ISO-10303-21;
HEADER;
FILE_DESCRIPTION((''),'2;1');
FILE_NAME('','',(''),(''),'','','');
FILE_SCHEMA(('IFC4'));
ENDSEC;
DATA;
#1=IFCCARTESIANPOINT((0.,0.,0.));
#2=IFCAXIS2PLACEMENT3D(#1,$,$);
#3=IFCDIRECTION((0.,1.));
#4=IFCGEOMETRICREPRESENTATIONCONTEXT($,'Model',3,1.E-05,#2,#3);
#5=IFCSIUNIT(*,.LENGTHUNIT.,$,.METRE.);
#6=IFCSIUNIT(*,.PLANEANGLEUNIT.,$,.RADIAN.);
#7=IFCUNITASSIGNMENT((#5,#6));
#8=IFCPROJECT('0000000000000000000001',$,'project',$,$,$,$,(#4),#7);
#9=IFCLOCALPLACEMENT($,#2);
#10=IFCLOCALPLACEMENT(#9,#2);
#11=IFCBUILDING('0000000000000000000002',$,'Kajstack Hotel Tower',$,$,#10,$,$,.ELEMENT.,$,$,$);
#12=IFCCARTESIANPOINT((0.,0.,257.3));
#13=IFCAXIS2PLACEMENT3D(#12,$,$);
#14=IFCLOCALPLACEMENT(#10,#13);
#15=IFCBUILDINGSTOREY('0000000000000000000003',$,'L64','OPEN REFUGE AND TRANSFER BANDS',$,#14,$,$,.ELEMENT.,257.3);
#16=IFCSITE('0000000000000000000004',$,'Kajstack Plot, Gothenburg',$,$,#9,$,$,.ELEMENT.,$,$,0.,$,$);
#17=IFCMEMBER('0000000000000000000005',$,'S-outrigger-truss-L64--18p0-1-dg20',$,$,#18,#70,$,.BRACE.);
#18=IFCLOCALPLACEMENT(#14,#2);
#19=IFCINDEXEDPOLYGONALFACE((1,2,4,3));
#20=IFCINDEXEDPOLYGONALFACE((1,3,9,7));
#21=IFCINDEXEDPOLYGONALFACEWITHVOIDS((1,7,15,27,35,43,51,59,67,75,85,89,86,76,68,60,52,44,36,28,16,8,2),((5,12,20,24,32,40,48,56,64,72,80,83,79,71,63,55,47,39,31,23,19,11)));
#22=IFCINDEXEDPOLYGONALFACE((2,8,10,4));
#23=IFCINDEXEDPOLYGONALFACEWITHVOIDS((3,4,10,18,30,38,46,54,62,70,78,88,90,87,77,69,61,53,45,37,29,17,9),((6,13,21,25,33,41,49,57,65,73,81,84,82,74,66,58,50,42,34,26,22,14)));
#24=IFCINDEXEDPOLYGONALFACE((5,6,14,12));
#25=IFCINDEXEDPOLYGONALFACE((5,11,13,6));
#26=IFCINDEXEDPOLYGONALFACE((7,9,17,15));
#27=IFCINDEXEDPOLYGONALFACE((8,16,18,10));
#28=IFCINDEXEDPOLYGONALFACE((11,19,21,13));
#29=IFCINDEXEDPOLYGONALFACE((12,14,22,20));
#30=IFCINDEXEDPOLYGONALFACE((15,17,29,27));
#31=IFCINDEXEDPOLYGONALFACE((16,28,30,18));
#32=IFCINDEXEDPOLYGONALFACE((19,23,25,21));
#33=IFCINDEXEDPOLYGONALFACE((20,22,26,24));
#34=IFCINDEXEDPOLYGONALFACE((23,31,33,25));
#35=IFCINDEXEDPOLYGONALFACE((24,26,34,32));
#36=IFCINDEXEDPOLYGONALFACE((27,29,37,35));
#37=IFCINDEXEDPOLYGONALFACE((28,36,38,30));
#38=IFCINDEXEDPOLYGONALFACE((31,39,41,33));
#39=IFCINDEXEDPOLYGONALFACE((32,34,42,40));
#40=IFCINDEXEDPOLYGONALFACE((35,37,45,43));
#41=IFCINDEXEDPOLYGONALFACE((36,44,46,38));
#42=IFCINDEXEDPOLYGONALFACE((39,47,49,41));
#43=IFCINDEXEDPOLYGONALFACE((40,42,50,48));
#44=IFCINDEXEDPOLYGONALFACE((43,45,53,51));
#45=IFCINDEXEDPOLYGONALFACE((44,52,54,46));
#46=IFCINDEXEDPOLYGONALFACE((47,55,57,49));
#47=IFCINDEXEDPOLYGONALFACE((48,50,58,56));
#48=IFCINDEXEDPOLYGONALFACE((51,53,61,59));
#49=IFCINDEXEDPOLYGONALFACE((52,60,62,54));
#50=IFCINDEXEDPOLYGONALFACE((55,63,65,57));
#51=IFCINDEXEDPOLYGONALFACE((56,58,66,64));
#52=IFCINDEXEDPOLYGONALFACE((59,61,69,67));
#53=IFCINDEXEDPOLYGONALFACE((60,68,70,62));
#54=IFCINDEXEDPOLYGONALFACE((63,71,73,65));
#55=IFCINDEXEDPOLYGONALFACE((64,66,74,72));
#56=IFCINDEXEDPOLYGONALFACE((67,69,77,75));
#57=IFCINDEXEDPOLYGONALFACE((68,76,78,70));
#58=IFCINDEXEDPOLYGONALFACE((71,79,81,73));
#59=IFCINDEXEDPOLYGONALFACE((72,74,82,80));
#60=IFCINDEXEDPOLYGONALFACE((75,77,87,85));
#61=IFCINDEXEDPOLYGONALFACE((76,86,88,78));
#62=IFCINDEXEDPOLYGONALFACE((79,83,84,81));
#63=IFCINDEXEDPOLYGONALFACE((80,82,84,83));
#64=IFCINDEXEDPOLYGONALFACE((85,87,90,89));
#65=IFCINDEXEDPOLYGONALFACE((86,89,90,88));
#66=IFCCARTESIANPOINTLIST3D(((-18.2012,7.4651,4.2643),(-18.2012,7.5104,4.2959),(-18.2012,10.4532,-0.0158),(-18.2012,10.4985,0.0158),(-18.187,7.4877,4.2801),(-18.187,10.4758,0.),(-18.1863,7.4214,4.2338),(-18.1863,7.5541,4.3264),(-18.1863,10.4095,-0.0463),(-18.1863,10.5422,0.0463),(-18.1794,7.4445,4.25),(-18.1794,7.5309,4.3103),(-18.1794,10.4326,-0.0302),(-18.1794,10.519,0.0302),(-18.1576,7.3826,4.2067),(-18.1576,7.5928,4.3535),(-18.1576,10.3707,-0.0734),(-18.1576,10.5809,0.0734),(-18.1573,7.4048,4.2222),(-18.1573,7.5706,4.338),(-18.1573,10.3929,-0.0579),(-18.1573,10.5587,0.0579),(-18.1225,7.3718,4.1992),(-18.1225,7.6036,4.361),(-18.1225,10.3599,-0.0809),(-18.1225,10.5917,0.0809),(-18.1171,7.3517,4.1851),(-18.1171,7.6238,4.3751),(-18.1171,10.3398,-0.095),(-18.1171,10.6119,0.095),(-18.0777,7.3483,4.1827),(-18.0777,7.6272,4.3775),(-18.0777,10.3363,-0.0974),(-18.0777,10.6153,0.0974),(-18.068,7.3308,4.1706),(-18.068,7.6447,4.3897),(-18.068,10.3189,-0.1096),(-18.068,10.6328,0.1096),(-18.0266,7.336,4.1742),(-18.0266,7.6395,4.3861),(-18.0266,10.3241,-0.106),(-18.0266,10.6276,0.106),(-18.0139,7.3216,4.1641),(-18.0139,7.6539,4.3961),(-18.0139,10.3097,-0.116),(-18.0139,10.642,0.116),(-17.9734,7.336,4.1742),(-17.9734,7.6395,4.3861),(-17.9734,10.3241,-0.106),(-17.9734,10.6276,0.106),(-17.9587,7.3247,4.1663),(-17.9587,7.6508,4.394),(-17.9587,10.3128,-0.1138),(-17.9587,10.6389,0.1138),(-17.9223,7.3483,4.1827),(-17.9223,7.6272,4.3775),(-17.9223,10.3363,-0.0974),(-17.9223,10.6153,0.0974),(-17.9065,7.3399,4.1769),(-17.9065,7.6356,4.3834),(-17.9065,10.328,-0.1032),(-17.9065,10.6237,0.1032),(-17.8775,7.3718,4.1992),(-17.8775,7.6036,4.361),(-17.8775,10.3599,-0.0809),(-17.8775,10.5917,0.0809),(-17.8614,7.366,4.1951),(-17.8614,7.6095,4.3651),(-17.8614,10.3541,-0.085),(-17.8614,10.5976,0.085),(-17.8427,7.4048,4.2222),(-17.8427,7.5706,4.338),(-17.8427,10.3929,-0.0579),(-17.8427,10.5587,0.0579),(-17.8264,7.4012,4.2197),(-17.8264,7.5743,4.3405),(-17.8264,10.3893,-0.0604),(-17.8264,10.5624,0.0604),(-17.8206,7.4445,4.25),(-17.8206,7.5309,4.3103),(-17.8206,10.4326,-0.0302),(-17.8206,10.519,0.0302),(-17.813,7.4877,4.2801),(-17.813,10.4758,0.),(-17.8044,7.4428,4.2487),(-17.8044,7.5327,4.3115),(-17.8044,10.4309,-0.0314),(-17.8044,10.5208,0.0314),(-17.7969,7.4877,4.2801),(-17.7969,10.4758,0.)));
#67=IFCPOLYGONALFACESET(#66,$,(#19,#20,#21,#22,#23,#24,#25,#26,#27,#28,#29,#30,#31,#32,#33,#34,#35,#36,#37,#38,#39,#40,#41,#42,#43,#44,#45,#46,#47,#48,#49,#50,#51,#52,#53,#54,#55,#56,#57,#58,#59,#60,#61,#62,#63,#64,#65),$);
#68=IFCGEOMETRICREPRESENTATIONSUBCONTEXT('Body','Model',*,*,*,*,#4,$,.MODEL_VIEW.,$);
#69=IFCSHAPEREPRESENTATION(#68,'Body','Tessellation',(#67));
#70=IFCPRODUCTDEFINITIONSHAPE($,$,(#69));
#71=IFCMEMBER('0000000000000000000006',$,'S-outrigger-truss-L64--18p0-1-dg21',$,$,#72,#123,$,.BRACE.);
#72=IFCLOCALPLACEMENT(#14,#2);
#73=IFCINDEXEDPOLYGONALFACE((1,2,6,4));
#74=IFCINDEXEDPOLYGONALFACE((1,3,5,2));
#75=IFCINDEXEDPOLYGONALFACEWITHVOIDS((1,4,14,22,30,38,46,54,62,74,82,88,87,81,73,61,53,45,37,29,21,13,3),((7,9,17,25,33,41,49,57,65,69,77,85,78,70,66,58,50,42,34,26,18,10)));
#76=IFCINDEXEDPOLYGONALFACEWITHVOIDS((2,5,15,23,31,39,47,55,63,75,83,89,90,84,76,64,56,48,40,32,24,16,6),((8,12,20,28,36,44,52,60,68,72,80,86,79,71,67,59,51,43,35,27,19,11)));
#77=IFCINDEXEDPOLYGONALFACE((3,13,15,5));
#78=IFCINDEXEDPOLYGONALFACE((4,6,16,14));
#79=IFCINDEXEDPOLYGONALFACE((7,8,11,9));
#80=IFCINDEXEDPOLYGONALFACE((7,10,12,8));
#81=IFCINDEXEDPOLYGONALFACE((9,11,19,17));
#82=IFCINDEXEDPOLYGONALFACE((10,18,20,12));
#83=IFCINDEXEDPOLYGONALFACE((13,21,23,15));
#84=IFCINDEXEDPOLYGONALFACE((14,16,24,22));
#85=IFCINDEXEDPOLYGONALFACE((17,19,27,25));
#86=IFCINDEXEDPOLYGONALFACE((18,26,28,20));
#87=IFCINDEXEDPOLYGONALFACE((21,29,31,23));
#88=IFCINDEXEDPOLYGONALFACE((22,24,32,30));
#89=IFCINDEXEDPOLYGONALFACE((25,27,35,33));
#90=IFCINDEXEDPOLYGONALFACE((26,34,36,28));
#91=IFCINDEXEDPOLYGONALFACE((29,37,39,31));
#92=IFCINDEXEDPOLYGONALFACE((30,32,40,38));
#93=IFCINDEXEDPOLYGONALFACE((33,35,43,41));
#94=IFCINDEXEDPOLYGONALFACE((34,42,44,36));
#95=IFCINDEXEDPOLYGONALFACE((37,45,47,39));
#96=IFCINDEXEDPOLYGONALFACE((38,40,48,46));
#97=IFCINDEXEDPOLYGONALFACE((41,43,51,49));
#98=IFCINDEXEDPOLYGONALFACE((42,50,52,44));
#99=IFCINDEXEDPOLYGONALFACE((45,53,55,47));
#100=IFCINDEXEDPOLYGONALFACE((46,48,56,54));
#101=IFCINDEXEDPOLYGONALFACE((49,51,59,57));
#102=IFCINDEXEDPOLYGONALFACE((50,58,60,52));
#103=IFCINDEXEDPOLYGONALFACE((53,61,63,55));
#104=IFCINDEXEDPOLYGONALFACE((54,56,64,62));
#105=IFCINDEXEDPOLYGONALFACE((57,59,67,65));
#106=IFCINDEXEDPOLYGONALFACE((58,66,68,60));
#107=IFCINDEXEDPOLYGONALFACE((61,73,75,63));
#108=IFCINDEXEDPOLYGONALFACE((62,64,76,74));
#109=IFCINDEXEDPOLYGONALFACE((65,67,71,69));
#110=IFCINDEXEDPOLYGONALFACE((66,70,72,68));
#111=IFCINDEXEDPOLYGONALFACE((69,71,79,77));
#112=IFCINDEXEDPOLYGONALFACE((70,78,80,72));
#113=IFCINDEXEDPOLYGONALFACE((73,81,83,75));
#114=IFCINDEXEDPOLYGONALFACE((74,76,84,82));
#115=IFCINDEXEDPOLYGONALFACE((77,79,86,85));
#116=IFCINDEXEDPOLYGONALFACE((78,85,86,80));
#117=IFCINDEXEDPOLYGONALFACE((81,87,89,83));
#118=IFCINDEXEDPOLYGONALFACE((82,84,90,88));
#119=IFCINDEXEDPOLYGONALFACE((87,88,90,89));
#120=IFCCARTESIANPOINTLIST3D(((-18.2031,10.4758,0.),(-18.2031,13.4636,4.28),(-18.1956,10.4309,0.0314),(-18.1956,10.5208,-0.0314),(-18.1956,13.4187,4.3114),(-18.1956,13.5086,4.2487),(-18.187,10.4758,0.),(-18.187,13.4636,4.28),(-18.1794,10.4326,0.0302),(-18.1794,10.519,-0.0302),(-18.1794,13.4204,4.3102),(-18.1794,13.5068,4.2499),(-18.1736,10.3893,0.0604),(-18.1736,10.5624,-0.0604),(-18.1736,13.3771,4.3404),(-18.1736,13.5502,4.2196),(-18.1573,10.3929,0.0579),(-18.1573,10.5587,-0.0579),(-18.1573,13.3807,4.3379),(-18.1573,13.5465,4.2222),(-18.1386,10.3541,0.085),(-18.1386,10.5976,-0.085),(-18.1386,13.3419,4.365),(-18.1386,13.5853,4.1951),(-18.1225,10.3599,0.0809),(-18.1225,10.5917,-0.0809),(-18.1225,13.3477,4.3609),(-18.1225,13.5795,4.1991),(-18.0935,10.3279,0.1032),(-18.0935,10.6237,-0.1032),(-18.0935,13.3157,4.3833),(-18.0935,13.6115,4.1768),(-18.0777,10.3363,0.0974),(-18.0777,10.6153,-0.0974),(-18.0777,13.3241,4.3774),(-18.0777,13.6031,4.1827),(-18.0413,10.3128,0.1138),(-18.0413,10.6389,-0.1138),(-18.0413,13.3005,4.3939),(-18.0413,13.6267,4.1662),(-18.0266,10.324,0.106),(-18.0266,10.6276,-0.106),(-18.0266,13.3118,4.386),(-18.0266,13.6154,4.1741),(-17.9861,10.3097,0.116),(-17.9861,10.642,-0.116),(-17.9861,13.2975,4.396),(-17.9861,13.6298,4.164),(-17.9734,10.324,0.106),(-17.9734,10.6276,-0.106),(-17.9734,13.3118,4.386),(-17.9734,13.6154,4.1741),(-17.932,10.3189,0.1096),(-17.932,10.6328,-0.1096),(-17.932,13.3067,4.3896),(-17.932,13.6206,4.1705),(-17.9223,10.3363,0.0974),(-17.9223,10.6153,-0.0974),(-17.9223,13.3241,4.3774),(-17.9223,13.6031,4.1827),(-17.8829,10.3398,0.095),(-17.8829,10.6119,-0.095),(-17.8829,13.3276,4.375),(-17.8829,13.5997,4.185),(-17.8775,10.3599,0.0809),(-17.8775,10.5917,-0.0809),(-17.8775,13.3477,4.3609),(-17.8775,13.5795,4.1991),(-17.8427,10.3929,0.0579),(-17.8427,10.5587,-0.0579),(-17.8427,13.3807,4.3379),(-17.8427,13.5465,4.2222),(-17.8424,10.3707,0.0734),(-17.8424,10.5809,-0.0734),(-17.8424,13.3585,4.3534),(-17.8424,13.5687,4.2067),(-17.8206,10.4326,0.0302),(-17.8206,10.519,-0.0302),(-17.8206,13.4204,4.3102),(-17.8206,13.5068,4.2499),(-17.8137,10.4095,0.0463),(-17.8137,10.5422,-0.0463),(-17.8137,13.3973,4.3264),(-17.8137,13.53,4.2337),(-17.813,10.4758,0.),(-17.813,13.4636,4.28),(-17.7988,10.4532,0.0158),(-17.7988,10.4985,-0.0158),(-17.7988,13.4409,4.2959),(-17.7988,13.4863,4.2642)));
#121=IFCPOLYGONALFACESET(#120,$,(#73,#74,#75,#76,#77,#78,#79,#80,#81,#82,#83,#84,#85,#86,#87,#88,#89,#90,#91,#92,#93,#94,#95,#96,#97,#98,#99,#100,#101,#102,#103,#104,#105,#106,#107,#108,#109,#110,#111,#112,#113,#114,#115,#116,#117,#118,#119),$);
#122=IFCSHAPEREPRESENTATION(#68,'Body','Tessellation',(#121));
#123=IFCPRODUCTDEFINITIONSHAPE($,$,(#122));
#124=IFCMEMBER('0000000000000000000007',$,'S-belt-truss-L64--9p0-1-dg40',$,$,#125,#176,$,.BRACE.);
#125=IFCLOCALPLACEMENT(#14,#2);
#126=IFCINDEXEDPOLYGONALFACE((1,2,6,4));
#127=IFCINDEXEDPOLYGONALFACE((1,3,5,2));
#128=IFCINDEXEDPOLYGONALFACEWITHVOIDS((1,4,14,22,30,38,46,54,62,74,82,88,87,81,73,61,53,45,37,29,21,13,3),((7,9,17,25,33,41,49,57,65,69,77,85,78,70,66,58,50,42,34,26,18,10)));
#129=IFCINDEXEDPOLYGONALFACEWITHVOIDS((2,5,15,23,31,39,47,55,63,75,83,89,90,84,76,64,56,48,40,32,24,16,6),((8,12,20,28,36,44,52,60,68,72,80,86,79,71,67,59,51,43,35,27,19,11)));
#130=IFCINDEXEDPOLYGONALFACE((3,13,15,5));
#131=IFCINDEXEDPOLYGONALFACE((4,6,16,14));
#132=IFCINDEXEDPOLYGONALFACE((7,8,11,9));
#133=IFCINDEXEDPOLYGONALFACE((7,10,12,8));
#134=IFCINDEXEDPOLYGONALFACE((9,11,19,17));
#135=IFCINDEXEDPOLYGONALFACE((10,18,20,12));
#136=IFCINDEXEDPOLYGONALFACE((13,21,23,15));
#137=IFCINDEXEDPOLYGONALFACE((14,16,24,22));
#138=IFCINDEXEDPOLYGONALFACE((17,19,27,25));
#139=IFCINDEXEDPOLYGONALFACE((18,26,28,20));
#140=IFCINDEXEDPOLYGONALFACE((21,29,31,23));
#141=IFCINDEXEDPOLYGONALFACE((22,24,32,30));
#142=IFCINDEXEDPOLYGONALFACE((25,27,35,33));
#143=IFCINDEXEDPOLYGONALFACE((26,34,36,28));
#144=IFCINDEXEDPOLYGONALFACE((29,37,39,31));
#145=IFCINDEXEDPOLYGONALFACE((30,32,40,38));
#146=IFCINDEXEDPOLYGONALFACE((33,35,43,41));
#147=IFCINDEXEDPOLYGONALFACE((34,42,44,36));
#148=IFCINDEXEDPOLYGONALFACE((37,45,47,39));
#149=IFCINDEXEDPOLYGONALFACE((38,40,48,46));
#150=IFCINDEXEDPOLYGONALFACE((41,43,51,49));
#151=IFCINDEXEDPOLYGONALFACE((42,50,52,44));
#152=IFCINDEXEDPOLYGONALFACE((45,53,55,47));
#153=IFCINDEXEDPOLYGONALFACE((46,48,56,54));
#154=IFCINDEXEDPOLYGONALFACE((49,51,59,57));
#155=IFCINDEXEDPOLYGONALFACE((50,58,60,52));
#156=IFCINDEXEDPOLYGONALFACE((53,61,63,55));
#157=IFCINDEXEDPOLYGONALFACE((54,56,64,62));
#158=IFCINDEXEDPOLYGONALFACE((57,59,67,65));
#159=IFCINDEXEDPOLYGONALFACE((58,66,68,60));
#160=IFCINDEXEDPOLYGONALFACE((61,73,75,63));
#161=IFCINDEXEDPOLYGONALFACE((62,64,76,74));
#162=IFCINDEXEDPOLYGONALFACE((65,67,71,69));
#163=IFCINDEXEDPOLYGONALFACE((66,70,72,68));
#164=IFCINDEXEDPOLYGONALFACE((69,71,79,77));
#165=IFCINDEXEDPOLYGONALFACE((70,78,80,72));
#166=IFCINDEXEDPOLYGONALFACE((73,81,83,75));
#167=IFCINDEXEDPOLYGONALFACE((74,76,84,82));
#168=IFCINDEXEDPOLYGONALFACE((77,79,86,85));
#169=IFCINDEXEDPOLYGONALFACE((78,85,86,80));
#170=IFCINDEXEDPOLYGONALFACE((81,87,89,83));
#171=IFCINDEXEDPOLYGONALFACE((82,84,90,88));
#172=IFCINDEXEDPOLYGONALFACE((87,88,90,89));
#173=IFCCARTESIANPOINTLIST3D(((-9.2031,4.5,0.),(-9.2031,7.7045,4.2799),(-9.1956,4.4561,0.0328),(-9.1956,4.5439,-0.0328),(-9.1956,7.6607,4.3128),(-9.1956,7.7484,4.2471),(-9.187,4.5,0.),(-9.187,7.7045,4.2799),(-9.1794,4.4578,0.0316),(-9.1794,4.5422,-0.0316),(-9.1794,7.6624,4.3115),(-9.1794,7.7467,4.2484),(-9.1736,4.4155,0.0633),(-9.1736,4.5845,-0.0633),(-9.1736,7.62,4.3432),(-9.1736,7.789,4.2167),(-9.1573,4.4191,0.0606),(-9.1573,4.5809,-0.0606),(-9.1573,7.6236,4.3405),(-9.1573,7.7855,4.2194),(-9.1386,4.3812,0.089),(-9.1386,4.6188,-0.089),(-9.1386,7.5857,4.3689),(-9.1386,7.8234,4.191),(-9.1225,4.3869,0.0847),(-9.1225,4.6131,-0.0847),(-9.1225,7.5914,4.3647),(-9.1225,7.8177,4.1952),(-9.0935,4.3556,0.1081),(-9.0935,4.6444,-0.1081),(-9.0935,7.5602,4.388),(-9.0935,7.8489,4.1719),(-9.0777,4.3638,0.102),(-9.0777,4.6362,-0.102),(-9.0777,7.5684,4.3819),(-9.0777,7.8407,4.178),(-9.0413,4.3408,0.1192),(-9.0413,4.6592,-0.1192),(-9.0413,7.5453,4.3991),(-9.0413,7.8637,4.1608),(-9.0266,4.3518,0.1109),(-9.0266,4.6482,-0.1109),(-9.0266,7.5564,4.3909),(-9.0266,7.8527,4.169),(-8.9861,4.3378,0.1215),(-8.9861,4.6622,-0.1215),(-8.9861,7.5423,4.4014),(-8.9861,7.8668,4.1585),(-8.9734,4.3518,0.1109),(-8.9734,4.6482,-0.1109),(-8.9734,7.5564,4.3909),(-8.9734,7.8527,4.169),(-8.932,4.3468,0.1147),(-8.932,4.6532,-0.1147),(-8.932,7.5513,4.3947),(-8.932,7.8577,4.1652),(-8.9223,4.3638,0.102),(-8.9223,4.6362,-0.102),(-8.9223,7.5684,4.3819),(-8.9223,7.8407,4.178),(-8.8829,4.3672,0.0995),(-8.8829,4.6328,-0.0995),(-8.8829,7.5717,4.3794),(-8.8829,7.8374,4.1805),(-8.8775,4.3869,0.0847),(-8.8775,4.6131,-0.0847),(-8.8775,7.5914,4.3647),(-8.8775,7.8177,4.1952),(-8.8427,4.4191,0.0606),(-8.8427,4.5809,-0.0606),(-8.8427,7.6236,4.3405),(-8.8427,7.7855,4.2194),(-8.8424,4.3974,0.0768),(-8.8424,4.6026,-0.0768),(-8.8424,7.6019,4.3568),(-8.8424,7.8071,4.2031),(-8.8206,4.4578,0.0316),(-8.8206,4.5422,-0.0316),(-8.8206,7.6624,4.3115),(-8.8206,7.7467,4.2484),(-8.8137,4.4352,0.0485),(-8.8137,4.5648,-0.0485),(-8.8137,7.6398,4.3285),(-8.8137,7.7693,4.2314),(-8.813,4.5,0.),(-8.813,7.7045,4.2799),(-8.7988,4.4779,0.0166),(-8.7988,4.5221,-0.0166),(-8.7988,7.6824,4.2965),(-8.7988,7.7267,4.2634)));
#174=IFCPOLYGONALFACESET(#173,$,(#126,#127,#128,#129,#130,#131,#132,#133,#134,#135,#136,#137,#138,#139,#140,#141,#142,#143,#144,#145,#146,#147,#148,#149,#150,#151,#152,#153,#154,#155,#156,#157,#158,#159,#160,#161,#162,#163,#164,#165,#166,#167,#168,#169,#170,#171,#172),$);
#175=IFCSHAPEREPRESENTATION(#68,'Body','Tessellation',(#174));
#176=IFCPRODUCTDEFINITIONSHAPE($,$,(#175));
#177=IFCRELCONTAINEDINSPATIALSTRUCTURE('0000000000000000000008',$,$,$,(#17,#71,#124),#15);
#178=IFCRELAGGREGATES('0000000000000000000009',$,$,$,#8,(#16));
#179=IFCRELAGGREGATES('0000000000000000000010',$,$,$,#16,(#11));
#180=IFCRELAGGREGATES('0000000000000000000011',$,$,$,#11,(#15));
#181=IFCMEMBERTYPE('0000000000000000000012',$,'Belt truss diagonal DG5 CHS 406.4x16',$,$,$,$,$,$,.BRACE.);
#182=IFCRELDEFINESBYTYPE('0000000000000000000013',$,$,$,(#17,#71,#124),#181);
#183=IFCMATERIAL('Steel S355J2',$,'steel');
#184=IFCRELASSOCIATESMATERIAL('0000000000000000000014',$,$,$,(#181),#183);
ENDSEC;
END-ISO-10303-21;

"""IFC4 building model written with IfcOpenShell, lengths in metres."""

from ifc_helpers import new_model, si_unit, direction, frame, origin, origin_2d, place, context, subcontext, project, spatial, hollow_circle, extrude, material, material_profile, profile_set, type_object, element, save


model = new_model("IFC4")

# Units and contexts
model_context = context("Model", 3, precision=1e-05, world=origin(), true_north=direction((0.0, 1.0)))
body_context = subcontext(model_context, "Body", "Model", "MODEL_VIEW")
ifc_project = project(units=[si_unit("LENGTHUNIT", "METRE"), si_unit("PLANEANGLEUNIT", "RADIAN")], contexts=[model_context])

# Site, building, storey
site_placement = place(None, origin())
site = spatial("IfcSite", under=ifc_project, at=site_placement, Name="Kajstack Plot, Gothenburg", CompositionType="ELEMENT", RefElevation=0.0)
building_placement = place(site_placement, origin())
building = spatial("IfcBuilding", under=site, at=building_placement, Name="Kajstack Hotel Tower", CompositionType="ELEMENT")
storey_placement = place(building_placement, frame((0.0, 0.0, 257.3)))
storey = spatial("IfcBuildingStorey", under=building, at=storey_placement, Name="L64", Description="OPEN REFUGE AND TRANSFER BANDS", CompositionType="ELEMENT", Elevation=257.3)

# Members
ifc_material = material(Name="Steel S355J2", Category="steel")
ifc_material_profile_1 = material_profile(ifc_material, hollow_circle(Radius=0.2031, WallThickness=0.0161, at=origin_2d()), Name="CHS 406.4x16")
ifc_profile_set_1 = profile_set([ifc_material_profile_1], Name="Steel S355J2")
member_type_1 = type_object("IfcMemberType", Name="Belt truss diagonal DG5 CHS 406.4x16", PredefinedType="BRACE", material=ifc_profile_set_1)
member_1_placement = place(storey_placement, frame((-18.0, 10.4758, 0.0), z_axis=(0.0, -0.572435, 0.81995), x_axis=(1.0, 0.0, 0.0)))
element("IfcMember", 1, at=member_1_placement, inside=storey, type_object=member_type_1, Name="S-outrigger-truss-L64--18p0-1-dg20", PredefinedType="BRACE", context=body_context, shape_type="SweptSolid", body=[
    extrude(hollow_circle(Radius=0.2031, WallThickness=0.0161, at=origin_2d()), origin(), (0.0, 0.0, 1.0), 5.22),
])
member_2_placement = place(storey_placement, frame((-18.0, 10.4758, 0.0), z_axis=(0.0, 0.572404, 0.819972), x_axis=(-1.0, 0.0, 0.0)))
element("IfcMember", 2, at=member_2_placement, inside=storey, type_object=member_type_1, Name="S-outrigger-truss-L64--18p0-1-dg21", PredefinedType="BRACE", context=body_context, shape_type="SweptSolid", body=[
    extrude(hollow_circle(Radius=0.2031, WallThickness=0.0161, at=origin_2d()), origin(), (0.0, 0.0, 1.0), 5.2197),
])
member_3_placement = place(storey_placement, frame((-9.0, 4.5, 0.0), z_axis=(0.0, 0.59935, 0.800487), x_axis=(-1.0, 0.0, 0.0)))
element("IfcMember", 3, at=member_3_placement, inside=storey, type_object=member_type_1, Name="S-belt-truss-L64--9p0-1-dg40", PredefinedType="BRACE", context=body_context, shape_type="SweptSolid", body=[
    extrude(hollow_circle(Radius=0.2031, WallThickness=0.0161, at=origin_2d()), origin(), (0.0, 0.0, 1.0), 5.3467),
])

save(model, "model.ifc")
